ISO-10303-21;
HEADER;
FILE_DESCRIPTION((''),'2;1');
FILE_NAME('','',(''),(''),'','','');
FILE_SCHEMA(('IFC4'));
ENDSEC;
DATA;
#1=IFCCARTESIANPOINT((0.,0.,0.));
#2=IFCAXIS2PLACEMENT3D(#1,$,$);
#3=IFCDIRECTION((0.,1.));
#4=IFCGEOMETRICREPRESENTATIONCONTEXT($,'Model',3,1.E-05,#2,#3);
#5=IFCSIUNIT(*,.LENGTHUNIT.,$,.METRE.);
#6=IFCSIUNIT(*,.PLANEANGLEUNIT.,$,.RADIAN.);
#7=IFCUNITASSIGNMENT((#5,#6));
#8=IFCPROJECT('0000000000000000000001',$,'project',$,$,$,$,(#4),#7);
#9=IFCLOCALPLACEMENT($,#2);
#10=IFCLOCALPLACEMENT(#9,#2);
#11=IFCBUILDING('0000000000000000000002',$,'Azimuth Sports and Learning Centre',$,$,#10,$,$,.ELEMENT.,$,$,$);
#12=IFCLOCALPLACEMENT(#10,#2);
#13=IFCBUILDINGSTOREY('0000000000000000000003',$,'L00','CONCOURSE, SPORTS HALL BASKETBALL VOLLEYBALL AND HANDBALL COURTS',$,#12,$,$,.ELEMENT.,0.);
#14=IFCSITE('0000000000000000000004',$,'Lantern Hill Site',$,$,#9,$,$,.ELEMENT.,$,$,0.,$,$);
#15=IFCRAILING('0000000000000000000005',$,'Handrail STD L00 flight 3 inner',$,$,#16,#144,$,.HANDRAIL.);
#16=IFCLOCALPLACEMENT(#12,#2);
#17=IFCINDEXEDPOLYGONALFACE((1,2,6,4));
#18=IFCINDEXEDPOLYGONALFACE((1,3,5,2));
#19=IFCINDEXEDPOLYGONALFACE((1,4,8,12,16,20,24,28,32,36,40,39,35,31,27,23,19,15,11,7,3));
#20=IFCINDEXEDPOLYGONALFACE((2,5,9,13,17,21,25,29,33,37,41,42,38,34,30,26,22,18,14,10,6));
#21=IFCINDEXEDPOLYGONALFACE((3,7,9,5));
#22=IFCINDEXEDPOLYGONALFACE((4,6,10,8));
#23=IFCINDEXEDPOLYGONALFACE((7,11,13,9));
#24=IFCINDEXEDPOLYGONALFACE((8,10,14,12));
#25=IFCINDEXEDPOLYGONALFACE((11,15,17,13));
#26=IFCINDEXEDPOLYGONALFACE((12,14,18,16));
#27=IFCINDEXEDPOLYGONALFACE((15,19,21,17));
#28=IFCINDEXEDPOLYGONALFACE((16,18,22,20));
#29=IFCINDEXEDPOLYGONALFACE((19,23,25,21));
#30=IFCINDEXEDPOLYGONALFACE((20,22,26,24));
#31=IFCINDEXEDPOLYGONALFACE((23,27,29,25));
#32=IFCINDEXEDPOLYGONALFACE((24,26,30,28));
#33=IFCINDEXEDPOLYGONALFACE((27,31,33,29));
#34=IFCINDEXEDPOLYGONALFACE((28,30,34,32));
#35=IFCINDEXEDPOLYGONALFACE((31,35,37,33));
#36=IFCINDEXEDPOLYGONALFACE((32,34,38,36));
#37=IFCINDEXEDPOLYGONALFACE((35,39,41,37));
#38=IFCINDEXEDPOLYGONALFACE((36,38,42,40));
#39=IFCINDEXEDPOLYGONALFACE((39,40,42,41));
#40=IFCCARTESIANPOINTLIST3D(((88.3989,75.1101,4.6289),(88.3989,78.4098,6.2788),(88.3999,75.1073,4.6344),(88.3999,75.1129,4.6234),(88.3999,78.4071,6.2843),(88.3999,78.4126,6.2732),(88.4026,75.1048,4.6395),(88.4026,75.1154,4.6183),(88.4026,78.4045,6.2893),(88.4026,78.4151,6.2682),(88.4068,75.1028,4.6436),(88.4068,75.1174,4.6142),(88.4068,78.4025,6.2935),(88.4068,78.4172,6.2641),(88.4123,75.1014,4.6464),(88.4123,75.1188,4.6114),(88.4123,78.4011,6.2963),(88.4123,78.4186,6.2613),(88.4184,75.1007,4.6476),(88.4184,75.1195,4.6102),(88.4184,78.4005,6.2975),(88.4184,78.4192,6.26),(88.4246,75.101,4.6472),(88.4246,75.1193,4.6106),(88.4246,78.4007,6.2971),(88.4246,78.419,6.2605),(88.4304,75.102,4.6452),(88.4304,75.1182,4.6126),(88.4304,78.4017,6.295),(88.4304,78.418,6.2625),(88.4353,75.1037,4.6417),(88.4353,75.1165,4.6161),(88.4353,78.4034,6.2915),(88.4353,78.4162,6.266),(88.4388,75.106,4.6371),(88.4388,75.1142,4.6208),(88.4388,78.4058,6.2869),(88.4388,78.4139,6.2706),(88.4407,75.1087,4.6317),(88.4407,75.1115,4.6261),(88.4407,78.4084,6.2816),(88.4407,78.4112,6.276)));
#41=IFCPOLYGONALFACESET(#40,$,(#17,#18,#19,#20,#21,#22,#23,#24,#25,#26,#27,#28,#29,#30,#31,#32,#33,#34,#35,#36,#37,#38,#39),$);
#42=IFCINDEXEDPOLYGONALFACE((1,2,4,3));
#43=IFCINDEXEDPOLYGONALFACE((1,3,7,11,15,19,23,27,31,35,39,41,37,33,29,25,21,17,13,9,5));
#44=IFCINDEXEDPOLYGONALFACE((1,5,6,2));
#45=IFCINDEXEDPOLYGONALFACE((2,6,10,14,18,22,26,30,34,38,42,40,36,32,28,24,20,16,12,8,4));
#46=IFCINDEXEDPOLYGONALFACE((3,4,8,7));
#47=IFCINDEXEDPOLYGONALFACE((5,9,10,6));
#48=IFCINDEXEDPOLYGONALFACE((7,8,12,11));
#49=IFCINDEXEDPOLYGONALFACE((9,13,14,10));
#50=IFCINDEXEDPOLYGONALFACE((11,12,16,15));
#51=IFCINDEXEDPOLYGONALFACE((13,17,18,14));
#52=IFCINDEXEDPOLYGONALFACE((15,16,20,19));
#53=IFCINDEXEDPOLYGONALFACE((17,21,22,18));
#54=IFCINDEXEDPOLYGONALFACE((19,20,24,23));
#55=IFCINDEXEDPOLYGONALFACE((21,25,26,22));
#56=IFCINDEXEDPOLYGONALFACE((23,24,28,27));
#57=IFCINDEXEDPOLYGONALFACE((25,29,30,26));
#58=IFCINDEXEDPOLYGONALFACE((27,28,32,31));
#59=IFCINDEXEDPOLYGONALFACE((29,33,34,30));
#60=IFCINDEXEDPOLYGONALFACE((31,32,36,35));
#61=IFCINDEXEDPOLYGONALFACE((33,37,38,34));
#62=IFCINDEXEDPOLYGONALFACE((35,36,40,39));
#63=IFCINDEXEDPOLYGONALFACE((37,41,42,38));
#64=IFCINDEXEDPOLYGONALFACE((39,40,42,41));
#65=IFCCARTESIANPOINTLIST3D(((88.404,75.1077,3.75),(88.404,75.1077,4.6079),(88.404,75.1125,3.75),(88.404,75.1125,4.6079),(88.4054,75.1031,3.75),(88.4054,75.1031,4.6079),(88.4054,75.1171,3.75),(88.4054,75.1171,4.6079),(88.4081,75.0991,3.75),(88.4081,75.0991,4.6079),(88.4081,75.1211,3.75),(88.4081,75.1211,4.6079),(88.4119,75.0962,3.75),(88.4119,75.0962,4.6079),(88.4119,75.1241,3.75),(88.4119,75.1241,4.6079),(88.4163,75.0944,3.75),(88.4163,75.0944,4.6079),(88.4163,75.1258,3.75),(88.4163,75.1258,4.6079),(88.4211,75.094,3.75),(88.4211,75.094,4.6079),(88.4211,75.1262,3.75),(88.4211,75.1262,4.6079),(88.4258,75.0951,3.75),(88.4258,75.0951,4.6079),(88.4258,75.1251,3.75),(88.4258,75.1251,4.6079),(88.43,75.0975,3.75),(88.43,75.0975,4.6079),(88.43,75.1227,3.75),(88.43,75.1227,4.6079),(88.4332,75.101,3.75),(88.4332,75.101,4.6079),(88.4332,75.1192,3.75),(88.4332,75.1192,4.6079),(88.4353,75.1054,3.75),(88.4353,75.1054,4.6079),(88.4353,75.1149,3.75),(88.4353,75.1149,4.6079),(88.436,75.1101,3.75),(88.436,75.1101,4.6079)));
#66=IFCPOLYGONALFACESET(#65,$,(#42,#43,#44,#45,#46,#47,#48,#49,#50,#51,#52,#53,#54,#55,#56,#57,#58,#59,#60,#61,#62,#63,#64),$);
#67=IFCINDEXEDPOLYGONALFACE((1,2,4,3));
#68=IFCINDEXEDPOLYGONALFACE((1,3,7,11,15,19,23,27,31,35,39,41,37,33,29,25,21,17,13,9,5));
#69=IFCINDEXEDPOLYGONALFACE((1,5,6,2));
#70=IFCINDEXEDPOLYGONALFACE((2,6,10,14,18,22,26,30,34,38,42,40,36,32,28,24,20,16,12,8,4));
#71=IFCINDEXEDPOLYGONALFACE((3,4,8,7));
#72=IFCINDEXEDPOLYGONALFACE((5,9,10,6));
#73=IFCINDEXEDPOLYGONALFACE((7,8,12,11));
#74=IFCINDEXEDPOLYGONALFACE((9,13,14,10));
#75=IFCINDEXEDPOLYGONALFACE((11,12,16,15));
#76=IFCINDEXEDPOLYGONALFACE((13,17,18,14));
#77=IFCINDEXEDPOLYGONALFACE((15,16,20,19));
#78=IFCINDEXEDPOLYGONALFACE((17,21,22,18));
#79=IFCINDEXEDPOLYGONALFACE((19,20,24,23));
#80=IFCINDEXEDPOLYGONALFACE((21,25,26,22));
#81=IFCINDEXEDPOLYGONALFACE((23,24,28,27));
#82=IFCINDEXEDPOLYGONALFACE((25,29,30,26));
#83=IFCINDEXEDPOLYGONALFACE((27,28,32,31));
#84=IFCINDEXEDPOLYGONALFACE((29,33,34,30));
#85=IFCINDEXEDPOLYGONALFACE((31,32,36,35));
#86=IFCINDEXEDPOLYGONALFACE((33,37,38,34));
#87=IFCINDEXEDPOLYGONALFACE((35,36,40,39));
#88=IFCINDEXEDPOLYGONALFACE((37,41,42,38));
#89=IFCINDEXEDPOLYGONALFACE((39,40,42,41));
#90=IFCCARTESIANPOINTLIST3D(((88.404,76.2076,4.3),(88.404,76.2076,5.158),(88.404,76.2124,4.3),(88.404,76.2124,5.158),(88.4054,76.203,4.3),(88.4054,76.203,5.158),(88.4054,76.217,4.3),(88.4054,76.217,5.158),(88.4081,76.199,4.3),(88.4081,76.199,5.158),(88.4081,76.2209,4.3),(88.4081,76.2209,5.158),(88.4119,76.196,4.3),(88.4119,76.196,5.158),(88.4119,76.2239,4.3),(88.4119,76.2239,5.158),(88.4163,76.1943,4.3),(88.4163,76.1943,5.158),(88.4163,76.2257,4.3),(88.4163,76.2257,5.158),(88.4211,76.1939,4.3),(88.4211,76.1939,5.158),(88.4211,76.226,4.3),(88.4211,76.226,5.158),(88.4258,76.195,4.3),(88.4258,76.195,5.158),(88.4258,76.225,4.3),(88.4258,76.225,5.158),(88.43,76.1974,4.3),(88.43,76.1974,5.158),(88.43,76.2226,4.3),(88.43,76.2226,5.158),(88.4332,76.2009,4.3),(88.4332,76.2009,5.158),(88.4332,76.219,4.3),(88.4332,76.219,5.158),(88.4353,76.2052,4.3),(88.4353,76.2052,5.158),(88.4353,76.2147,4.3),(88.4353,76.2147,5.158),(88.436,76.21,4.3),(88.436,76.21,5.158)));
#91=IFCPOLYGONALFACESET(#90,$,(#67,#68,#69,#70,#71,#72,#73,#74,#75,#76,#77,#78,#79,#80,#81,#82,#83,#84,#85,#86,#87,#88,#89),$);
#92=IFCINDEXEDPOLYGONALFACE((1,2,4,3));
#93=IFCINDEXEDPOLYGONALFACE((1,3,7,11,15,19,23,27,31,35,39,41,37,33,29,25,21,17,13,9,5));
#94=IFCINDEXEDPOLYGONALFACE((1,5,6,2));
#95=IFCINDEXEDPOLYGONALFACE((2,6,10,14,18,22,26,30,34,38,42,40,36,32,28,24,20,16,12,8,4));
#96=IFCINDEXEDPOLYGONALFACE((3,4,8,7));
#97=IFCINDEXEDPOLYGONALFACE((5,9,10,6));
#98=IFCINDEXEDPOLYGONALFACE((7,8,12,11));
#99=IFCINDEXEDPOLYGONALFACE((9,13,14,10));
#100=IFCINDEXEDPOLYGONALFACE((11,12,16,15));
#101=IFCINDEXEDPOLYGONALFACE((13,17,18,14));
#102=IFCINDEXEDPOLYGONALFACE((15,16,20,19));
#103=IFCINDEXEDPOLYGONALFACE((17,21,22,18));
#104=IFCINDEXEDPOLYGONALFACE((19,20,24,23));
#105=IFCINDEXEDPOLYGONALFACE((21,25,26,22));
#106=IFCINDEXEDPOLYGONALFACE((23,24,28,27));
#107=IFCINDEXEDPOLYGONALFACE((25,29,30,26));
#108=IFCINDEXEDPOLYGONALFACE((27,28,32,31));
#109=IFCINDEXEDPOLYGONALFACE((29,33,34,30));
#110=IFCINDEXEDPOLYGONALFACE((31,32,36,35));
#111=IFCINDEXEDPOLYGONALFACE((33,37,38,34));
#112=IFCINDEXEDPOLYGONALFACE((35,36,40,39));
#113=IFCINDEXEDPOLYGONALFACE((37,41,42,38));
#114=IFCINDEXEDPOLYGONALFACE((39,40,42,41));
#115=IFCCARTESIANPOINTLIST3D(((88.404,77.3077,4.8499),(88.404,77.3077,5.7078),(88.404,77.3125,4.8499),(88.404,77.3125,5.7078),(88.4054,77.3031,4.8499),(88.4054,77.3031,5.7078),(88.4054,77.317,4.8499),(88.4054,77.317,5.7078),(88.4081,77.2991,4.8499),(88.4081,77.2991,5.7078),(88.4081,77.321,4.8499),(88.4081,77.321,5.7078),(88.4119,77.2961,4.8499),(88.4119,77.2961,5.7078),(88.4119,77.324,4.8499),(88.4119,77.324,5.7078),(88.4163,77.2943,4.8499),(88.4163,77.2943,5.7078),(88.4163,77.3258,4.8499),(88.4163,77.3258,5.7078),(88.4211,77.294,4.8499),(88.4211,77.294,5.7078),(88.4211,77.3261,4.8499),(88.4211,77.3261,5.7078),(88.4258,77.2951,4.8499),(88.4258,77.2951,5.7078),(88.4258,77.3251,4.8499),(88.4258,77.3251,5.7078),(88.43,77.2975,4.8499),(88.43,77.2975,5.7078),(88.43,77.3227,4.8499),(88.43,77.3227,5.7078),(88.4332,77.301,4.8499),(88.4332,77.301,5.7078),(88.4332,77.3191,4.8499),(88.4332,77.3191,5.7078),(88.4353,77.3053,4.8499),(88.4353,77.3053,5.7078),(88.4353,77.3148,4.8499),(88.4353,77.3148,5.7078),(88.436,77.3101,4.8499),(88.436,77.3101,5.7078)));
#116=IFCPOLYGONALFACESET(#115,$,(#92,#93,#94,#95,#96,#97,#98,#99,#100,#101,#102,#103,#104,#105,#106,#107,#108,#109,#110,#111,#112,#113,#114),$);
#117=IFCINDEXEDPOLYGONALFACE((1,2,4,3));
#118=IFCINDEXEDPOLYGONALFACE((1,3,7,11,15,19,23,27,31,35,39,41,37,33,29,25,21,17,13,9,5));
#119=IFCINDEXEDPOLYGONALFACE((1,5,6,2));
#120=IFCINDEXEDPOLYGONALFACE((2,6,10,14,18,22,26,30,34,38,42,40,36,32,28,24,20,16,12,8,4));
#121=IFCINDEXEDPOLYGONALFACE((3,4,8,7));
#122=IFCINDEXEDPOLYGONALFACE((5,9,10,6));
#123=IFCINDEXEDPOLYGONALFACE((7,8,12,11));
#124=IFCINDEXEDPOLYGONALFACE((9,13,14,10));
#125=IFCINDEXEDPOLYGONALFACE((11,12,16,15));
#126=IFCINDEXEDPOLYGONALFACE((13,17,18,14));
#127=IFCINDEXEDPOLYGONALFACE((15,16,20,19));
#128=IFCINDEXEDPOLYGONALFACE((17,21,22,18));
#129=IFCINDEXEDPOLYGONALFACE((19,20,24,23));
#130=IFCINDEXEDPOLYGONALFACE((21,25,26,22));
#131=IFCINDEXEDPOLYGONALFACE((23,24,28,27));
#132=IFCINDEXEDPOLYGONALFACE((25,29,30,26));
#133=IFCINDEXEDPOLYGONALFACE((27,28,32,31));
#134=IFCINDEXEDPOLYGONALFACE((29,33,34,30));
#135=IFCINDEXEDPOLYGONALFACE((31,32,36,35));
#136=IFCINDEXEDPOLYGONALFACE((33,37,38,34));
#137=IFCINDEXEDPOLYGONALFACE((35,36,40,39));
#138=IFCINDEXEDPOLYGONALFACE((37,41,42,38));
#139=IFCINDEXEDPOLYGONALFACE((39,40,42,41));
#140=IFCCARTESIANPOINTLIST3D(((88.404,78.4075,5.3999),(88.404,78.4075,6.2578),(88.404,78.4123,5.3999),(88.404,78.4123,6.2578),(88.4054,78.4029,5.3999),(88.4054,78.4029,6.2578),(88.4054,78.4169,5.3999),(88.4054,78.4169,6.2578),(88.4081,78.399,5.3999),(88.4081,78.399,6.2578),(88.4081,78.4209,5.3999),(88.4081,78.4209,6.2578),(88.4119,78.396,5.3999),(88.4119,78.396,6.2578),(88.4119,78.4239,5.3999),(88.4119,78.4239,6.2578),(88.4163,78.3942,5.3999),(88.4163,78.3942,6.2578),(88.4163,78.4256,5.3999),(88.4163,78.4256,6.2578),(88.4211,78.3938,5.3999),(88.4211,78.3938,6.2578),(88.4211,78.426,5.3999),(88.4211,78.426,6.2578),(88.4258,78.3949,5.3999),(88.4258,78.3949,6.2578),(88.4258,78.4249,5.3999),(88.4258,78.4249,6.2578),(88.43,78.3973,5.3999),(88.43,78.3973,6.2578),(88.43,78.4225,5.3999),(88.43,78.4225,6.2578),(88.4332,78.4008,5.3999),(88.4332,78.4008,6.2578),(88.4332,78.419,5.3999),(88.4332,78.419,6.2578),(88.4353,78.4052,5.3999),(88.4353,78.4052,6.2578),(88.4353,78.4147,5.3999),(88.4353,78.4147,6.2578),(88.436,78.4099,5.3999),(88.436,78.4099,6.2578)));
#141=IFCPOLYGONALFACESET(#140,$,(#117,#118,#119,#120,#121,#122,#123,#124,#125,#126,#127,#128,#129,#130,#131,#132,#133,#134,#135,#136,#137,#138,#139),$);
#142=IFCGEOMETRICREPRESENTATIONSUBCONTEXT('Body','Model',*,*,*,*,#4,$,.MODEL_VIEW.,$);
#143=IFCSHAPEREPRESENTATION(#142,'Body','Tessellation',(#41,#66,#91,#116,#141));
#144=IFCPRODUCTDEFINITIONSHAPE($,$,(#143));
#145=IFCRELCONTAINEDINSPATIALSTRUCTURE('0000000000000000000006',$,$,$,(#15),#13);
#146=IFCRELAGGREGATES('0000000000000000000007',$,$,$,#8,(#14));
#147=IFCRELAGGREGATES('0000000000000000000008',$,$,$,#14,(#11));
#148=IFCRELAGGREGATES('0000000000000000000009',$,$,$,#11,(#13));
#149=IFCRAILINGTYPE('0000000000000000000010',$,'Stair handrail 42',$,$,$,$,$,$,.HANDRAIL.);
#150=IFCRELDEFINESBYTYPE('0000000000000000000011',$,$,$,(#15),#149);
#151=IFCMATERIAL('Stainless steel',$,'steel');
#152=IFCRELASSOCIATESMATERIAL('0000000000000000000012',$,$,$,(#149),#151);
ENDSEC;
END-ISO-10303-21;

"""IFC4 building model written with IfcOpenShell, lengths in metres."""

from ifc_helpers import new_model, si_unit, direction, frame, origin, origin_2d, place, context, subcontext, project, spatial, circle, extrude, material, type_object, element, save


model = new_model("IFC4")

# Units and contexts
model_context = context("Model", 3, precision=1e-05, world=origin(), true_north=direction((0.0, 1.0)))
body_context = subcontext(model_context, "Body", "Model", "MODEL_VIEW")
ifc_project = project(units=[si_unit("LENGTHUNIT", "METRE"), si_unit("PLANEANGLEUNIT", "RADIAN")], contexts=[model_context])

# Site, building, storey
site_placement = place(None, origin())
site = spatial("IfcSite", under=ifc_project, at=site_placement, Name="Lantern Hill Site", CompositionType="ELEMENT", RefElevation=0.0)
building_placement = place(site_placement, origin())
building = spatial("IfcBuilding", under=site, at=building_placement, Name="Azimuth Sports and Learning Centre", CompositionType="ELEMENT")
storey_placement = place(building_placement, origin())
storey = spatial("IfcBuildingStorey", under=building, at=storey_placement, Name="L00", Description="CONCOURSE, SPORTS HALL BASKETBALL VOLLEYBALL AND HANDBALL COURTS", CompositionType="ELEMENT", Elevation=0.0)

# Railing
ifc_material_1 = material(Name="Stainless steel", Category="steel")
railing_type_1 = type_object("IfcRailingType", Name="Stair handrail 42", PredefinedType="HANDRAIL", material=ifc_material_1)
for number, where, name in (
    (1, (88.4199, 75.1101, 3.75), "Handrail STD L00 flight 3 inner"),
):
    element("IfcRailing", number, at=place(storey_placement, frame(where)), inside=storey, type_object=railing_type_1, Name=name, PredefinedType="HANDRAIL", context=body_context, shape_type="SweptSolid", body=[
        extrude(circle(Radius=0.021, at=origin_2d()), frame((0.0, 0.0, 0.8789), z_axis=(0.0, 0.894427, 0.447214), x_axis=(-1.0, 0.0, 0.0)), (0.0, 0.0, 1.0), 3.6892),
        extrude(circle(Radius=0.0161, at=origin_2d()), origin(), (0.0, 0.0, 1.0), 0.8579),
        extrude(circle(Radius=0.0161, at=origin_2d()), frame((0.0, 1.0999, 0.55)), (0.0, 0.0, 1.0), 0.8579),
        extrude(circle(Radius=0.0161, at=origin_2d()), frame((0.0, 2.2, 1.0999)), (0.0, 0.0, 1.0), 0.8579),
        extrude(circle(Radius=0.0161, at=origin_2d()), frame((0.0, 3.2998, 1.6499)), (0.0, 0.0, 1.0), 0.8579),
    ])

save(model, "model.ifc")
